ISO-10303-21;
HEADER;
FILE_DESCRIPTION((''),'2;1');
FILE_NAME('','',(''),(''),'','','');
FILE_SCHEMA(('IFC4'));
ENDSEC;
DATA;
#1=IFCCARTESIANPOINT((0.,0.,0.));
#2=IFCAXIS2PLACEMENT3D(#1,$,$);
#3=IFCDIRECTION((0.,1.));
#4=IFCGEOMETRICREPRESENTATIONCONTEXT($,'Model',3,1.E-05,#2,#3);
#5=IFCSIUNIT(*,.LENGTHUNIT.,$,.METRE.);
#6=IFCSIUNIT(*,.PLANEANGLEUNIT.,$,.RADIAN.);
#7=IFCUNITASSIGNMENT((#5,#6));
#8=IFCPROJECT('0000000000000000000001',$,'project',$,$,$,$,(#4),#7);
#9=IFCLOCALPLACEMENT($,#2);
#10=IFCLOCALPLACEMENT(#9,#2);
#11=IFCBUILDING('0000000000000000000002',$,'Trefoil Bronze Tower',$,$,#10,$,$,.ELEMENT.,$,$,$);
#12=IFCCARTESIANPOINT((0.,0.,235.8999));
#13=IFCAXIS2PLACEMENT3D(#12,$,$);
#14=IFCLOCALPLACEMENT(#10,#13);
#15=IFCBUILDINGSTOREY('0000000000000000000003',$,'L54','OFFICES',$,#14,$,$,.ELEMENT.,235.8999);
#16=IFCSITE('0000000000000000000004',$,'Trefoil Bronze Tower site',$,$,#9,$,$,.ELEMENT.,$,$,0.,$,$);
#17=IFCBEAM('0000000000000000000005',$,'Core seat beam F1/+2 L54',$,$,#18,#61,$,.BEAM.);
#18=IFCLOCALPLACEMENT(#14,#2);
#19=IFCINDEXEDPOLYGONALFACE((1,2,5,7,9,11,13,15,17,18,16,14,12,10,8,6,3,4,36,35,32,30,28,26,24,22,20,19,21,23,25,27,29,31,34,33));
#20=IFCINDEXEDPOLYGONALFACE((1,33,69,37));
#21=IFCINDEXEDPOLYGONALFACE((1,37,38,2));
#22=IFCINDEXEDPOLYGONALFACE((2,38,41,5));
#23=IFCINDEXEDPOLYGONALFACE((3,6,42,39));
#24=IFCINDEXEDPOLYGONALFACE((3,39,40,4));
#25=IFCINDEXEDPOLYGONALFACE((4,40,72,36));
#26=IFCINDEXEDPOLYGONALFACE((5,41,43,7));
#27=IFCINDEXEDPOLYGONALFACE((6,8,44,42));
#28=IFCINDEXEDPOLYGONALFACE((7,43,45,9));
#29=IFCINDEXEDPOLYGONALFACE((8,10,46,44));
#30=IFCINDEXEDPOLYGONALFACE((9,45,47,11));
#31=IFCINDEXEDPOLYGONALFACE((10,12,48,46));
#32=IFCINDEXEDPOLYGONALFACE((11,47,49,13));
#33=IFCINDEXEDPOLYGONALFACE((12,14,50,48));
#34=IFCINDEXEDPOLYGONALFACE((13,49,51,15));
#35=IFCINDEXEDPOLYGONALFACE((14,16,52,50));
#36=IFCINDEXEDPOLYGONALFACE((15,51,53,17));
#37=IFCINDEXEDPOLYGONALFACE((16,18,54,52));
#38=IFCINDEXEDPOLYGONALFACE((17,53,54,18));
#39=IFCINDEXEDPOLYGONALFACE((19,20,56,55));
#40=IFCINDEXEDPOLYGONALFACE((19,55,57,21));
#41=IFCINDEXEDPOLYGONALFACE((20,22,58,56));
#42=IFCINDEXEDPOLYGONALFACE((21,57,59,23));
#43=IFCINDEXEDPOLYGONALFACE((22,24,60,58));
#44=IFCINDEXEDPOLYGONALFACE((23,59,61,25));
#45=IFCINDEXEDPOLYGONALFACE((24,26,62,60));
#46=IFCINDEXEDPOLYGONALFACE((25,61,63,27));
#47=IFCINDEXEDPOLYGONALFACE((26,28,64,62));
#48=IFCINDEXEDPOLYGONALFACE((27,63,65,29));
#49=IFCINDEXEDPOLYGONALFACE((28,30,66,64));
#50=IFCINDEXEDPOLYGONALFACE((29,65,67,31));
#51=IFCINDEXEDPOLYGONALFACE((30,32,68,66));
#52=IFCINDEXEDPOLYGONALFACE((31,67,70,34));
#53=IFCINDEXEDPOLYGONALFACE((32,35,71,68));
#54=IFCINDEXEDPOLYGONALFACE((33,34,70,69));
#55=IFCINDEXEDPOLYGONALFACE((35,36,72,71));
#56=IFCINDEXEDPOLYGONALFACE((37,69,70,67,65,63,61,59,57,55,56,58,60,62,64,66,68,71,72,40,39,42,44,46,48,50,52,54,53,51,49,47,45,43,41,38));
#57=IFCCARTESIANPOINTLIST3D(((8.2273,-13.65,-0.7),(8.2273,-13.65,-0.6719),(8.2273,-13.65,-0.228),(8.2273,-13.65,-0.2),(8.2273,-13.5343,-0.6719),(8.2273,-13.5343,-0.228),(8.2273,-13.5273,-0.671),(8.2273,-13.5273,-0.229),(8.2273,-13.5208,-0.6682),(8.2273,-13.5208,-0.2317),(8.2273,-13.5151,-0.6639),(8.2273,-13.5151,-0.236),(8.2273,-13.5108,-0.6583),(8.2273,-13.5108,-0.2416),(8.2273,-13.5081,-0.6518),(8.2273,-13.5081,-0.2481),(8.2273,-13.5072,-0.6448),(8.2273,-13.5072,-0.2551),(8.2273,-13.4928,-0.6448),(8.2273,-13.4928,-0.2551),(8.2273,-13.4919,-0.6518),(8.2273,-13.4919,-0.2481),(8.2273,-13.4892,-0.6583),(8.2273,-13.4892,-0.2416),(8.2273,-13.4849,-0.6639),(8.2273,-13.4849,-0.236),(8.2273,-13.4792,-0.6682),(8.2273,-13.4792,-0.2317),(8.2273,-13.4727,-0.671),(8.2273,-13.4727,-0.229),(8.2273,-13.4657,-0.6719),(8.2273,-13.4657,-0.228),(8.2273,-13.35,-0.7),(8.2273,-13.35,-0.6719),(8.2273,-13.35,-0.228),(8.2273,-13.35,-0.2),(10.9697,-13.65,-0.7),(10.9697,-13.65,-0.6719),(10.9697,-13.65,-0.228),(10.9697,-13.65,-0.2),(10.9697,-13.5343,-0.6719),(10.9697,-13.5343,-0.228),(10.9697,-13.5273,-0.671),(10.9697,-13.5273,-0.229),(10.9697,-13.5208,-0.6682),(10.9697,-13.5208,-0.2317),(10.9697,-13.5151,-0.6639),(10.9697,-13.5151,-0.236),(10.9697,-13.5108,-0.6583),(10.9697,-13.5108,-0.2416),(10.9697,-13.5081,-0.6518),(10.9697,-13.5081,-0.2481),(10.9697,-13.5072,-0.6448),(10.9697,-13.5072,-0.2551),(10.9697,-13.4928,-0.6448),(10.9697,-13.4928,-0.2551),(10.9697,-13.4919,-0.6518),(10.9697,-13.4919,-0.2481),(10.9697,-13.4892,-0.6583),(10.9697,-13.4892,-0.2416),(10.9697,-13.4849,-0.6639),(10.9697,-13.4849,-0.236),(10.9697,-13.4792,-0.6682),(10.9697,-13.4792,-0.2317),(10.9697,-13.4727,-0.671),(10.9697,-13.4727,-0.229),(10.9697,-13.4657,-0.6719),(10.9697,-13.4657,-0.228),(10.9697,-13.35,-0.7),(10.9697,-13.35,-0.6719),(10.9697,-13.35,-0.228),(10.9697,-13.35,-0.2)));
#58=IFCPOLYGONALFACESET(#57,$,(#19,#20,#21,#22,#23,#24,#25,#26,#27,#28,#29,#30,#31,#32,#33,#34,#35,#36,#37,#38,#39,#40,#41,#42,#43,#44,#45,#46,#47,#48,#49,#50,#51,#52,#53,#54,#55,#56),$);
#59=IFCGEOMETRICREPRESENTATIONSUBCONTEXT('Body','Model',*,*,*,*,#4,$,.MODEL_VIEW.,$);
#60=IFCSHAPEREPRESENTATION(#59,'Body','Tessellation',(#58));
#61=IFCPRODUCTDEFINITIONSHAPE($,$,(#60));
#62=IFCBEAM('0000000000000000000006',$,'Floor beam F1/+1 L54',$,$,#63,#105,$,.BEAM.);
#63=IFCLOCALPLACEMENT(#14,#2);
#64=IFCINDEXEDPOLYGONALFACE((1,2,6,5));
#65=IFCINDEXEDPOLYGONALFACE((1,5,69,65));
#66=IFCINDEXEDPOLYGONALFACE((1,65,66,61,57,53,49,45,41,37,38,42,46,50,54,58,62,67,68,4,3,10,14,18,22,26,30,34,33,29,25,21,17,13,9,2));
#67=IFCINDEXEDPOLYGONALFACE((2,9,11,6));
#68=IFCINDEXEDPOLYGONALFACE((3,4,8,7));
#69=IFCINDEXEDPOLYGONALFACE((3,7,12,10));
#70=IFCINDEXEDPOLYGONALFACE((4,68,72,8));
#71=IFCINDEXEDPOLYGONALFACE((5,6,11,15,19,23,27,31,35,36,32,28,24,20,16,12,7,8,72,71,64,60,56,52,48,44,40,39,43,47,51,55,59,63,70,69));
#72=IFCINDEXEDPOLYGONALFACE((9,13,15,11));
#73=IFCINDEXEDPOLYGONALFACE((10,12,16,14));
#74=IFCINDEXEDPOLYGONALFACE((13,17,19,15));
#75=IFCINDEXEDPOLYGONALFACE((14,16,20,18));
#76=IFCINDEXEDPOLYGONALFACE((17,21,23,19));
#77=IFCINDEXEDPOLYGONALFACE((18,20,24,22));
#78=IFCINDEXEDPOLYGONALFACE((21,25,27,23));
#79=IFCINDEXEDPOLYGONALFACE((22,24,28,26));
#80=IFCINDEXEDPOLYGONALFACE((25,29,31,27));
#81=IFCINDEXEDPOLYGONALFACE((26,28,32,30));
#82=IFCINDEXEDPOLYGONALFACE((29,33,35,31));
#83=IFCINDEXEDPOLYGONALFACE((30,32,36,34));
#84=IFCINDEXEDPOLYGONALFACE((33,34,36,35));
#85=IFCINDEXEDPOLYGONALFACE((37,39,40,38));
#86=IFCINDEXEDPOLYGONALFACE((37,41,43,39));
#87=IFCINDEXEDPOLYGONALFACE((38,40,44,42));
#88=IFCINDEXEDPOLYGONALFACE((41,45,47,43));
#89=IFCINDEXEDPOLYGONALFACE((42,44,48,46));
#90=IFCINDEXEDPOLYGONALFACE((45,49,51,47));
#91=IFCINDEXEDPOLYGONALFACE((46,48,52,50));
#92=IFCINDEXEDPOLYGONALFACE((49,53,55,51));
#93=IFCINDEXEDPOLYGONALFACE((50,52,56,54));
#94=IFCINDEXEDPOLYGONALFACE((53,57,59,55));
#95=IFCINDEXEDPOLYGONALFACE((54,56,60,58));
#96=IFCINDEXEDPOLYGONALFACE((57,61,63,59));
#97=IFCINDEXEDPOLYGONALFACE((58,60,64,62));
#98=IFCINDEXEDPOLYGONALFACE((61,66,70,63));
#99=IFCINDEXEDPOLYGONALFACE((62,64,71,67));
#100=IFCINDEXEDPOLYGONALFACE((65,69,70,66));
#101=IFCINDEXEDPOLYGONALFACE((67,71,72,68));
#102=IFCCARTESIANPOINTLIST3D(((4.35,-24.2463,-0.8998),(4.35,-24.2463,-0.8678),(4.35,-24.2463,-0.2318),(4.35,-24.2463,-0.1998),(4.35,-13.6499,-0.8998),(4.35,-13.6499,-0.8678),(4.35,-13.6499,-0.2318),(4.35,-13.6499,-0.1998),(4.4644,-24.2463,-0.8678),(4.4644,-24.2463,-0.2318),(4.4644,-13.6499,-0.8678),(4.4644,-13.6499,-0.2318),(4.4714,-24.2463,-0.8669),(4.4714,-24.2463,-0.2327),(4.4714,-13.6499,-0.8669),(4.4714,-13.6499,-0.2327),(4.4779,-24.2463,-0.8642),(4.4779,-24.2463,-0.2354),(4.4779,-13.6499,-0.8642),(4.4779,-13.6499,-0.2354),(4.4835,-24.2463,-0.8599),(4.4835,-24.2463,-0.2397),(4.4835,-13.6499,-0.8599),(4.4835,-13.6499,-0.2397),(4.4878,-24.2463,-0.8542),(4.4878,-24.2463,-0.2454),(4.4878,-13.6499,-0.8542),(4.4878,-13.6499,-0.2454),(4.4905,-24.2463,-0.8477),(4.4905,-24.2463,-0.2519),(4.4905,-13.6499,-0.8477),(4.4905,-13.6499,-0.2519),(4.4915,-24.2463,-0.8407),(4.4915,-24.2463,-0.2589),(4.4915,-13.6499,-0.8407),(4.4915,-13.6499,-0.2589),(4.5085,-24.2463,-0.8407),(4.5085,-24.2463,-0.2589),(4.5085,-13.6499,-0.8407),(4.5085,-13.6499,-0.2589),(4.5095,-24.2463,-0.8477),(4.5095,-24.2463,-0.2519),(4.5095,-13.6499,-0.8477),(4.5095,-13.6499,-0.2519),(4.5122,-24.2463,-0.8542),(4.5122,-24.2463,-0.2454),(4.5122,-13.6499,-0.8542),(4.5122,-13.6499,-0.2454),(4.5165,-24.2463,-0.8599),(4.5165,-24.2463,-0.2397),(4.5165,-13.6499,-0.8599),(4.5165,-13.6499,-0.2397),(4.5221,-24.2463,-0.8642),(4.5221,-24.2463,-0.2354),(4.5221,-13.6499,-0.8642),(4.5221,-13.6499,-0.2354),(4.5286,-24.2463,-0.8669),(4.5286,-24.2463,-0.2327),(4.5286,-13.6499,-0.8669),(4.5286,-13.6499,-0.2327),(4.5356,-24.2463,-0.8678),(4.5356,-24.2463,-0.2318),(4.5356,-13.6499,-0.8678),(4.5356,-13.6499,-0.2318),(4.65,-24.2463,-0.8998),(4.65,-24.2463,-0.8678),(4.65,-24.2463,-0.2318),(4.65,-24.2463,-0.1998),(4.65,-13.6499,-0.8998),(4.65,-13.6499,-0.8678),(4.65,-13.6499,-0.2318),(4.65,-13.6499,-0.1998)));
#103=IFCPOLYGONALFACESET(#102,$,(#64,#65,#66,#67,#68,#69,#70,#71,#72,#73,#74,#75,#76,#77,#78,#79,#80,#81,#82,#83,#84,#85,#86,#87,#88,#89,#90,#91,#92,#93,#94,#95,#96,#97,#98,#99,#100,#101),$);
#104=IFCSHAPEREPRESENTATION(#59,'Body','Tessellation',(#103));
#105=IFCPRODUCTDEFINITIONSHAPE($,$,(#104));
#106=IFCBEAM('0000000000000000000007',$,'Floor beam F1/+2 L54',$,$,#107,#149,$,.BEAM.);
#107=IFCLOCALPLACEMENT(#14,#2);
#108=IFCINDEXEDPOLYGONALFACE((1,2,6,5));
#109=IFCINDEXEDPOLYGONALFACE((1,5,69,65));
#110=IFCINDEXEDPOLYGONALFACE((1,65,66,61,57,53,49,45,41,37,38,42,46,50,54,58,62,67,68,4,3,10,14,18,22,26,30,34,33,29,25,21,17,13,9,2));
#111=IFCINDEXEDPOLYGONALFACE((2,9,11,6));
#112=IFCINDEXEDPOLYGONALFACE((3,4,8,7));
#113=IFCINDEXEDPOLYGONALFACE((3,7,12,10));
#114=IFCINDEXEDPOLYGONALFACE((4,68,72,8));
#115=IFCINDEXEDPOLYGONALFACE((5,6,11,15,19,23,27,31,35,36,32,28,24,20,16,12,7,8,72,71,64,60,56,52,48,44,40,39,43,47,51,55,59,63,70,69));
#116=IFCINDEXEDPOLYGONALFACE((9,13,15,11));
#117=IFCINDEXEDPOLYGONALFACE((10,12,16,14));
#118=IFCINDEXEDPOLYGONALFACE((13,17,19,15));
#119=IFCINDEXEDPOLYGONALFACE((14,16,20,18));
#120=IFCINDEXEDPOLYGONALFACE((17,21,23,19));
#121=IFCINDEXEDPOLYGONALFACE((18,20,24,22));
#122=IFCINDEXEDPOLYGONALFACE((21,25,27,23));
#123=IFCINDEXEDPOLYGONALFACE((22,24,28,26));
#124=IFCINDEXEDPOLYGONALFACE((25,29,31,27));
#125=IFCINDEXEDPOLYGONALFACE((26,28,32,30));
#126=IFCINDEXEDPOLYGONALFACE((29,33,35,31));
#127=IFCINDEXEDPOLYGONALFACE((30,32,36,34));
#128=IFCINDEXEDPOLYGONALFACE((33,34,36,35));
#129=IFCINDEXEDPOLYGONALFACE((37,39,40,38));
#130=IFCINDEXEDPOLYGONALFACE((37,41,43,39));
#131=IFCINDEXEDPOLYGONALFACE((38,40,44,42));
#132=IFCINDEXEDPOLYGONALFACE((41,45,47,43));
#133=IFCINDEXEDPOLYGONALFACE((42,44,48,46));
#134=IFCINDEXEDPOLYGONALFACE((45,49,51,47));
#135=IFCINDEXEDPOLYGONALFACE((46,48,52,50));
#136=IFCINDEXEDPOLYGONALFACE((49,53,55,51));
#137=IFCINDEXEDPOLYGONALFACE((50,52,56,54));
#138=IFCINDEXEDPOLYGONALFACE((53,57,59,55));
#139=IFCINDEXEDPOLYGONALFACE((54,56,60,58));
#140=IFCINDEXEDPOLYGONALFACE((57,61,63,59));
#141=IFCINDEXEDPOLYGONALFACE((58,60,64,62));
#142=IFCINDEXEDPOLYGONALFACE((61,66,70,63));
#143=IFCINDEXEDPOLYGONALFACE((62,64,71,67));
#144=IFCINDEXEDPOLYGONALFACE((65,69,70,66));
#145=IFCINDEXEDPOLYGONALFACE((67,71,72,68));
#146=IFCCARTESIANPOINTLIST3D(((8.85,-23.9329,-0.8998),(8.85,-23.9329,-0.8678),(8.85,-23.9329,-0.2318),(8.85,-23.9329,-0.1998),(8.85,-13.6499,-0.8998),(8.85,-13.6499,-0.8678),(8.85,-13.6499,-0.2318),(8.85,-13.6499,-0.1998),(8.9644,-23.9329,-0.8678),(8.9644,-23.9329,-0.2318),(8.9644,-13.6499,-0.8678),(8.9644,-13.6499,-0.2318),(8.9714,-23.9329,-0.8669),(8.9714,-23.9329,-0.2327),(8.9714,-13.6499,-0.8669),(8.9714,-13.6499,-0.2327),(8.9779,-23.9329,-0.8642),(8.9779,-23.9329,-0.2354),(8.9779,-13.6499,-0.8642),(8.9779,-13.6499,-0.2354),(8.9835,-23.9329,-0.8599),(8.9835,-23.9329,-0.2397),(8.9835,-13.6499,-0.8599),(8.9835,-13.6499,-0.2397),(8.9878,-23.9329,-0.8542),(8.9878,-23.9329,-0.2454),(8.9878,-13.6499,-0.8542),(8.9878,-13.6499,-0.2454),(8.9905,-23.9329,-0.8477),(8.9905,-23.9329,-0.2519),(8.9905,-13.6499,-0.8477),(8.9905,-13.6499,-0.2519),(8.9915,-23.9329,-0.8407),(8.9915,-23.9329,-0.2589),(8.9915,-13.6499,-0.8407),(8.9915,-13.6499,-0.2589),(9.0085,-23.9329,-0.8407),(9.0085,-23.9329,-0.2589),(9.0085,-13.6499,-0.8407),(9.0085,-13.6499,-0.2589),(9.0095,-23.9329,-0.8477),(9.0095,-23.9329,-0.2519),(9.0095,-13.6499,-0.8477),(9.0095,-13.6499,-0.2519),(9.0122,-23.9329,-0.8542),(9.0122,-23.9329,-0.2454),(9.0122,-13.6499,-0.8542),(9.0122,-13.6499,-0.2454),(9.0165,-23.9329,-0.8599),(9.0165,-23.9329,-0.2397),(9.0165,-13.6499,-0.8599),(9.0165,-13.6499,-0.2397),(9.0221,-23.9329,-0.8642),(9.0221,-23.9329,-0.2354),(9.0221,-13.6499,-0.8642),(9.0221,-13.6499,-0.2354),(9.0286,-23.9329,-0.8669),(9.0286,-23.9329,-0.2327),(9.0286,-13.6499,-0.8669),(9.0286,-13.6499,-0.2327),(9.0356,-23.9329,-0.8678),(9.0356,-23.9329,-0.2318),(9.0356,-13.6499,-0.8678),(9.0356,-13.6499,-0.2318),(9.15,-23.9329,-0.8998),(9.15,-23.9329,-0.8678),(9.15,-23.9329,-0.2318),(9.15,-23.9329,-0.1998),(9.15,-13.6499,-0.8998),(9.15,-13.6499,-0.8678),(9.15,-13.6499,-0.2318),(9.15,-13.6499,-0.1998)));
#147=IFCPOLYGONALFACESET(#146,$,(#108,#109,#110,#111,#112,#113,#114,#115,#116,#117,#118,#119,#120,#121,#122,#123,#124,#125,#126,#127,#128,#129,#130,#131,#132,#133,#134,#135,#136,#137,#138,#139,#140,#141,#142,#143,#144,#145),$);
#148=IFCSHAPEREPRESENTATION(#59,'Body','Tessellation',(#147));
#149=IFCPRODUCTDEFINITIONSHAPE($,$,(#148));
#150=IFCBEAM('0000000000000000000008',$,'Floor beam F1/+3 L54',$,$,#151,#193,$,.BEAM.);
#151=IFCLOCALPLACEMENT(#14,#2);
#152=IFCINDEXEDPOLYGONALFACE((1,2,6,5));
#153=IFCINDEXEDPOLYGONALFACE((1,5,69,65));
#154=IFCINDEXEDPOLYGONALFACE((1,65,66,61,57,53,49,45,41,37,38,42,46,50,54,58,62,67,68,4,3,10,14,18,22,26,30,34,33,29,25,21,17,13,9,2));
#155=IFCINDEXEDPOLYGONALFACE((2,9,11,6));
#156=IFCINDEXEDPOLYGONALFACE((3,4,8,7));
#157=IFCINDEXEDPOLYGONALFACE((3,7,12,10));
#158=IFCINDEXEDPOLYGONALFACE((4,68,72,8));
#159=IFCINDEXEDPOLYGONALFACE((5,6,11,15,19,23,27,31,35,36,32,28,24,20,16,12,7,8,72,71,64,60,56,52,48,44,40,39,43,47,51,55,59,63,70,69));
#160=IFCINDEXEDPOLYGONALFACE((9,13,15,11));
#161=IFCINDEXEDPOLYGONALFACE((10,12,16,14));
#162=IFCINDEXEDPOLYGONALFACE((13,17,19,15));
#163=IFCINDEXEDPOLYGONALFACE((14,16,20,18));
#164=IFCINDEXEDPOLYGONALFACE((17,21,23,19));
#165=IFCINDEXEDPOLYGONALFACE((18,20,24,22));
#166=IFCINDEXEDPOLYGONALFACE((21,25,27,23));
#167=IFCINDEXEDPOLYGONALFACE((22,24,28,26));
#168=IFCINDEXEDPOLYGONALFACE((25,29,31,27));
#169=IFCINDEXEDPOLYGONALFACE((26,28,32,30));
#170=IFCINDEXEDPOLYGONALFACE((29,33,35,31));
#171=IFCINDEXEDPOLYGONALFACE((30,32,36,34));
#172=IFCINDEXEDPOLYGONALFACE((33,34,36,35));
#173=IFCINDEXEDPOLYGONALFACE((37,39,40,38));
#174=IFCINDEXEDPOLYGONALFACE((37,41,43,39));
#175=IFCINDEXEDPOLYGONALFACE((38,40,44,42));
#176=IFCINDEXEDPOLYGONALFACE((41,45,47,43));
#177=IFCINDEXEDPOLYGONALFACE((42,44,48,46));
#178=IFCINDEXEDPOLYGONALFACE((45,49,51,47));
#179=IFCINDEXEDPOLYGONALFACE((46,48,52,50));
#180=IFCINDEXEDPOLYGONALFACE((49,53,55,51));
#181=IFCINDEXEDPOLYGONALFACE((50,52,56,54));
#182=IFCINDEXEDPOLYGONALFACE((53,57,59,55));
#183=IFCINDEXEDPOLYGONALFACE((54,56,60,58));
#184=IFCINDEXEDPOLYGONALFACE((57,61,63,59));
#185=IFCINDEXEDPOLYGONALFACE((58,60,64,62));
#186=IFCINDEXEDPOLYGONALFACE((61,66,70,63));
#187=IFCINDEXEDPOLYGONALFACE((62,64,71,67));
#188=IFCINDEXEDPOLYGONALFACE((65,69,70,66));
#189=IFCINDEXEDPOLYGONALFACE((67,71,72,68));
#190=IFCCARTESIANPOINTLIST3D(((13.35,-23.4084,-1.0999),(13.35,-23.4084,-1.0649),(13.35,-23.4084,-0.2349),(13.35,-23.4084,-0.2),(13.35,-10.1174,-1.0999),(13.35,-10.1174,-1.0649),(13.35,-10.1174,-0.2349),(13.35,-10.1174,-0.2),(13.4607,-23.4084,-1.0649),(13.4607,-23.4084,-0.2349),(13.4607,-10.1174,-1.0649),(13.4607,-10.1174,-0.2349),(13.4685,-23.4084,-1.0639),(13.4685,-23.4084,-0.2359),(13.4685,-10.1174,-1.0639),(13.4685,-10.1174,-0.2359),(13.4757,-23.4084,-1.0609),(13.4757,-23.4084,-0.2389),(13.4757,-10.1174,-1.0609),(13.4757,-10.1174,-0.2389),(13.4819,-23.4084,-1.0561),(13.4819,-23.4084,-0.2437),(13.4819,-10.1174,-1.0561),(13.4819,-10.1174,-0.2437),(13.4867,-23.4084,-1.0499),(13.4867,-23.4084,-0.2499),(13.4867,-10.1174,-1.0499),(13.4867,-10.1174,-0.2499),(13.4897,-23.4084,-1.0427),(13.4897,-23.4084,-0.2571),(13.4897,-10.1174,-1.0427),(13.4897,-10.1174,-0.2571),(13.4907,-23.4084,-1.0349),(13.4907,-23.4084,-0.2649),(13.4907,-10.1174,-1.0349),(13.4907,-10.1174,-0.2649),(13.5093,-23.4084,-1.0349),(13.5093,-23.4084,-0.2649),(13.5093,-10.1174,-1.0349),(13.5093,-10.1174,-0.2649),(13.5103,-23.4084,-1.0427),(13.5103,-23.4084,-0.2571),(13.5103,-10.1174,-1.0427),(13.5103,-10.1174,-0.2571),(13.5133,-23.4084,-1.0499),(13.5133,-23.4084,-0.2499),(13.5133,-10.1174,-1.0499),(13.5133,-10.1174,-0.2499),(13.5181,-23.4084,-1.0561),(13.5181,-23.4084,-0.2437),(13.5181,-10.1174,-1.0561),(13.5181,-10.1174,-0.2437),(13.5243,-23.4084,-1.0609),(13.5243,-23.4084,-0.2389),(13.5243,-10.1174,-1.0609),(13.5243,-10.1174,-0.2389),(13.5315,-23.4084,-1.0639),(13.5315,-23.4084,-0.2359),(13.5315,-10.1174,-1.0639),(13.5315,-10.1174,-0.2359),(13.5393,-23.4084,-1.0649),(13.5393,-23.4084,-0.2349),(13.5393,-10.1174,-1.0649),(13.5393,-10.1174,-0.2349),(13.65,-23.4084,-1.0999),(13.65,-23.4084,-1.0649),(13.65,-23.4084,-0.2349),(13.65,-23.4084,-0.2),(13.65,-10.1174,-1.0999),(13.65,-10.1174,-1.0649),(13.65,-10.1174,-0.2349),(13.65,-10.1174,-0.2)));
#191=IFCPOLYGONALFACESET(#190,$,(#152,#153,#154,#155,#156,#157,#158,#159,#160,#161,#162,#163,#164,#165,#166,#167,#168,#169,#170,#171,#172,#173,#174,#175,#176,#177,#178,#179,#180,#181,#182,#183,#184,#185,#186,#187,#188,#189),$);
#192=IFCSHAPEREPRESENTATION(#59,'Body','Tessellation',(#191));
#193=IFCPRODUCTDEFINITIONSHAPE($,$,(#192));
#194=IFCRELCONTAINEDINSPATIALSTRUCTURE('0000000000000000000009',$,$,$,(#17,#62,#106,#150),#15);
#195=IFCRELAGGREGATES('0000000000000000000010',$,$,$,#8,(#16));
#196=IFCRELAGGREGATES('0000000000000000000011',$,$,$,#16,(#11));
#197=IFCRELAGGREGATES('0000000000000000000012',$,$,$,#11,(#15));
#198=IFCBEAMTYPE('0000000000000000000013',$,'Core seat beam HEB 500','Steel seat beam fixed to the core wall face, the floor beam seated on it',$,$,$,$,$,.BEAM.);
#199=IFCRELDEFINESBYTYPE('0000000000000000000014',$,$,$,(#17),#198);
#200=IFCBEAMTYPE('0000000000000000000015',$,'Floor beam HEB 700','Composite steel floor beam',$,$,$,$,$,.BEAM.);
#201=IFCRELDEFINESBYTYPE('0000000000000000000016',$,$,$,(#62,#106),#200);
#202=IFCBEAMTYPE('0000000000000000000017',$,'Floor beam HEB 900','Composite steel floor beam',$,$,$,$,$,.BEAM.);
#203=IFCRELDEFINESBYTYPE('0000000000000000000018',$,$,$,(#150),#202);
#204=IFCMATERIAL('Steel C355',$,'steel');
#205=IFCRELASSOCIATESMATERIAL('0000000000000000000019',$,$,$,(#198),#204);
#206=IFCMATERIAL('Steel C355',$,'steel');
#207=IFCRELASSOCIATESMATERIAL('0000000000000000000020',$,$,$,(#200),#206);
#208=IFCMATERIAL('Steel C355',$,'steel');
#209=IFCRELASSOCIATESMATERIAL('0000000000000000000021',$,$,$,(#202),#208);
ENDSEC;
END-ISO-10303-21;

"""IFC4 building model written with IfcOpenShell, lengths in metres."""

from ifc_helpers import new_model, si_unit, direction, frame, origin, origin_2d, place, context, subcontext, project, spatial, i_section, extrude, material, material_profile, profile_set, type_object, element, save


model = new_model("IFC4")

# Units and contexts
model_context = context("Model", 3, precision=1e-05, world=origin(), true_north=direction((0.0, 1.0)))
body_context = subcontext(model_context, "Body", "Model", "MODEL_VIEW")
ifc_project = project(units=[si_unit("LENGTHUNIT", "METRE"), si_unit("PLANEANGLEUNIT", "RADIAN")], contexts=[model_context])

# Site, building, storey
site_placement = place(None, origin())
site = spatial("IfcSite", under=ifc_project, at=site_placement, Name="Trefoil Bronze Tower site", CompositionType="ELEMENT", RefElevation=0.0)
building_placement = place(site_placement, origin())
building = spatial("IfcBuilding", under=site, at=building_placement, Name="Trefoil Bronze Tower", CompositionType="ELEMENT")
storey_placement = place(building_placement, frame((0.0, 0.0, 235.8999)))
storey = spatial("IfcBuildingStorey", under=building, at=storey_placement, Name="L54", Description="OFFICES", CompositionType="ELEMENT", Elevation=235.8999)

# Beams
ifc_material_1 = material(Name="Steel C355", Category="steel")
ifc_material_profile_1 = material_profile(ifc_material_1, i_section(OverallWidth=0.3, OverallDepth=0.5, WebThickness=0.0144, FlangeThickness=0.0281, FilletRadius=0.0271, at=origin_2d()), Name="HEB 500")
ifc_profile_set_1 = profile_set([ifc_material_profile_1], Name="Steel C355")
beam_type_1 = type_object("IfcBeamType", Name="Core seat beam HEB 500", Description="Steel seat beam fixed to the core wall face, the floor beam seated on it", PredefinedType="BEAM", material=ifc_profile_set_1)
for number, where, z_axis, x_axis, name in (
    (1, (8.2273, -13.5, -0.45), (1.0, 0.0, 0.0), (0.0, 1.0, 0.0), "Core seat beam F1/+2 L54"),
):
    element("IfcBeam", number, at=place(storey_placement, frame(where, z_axis=z_axis, x_axis=x_axis)), inside=storey, type_object=beam_type_1, Name=name, PredefinedType="BEAM", context=body_context, shape_type="SweptSolid", body=[
        extrude(i_section(OverallWidth=0.3, OverallDepth=0.5, WebThickness=0.0144, FlangeThickness=0.0281, FilletRadius=0.0271, at=origin_2d()), origin(), (0.0, 0.0, 1.0), 2.7424),
    ])
ifc_material_2 = material(Name="Steel C355", Category="steel")
ifc_material_profile_2 = material_profile(ifc_material_2, i_section(OverallWidth=0.3, OverallDepth=0.7, WebThickness=0.0171, FlangeThickness=0.032, FilletRadius=0.0271, at=origin_2d()), Name="HEB 700")
ifc_profile_set_2 = profile_set([ifc_material_profile_2], Name="Steel C355")
beam_type_2 = type_object("IfcBeamType", Name="Floor beam HEB 700", Description="Composite steel floor beam", PredefinedType="BEAM", material=ifc_profile_set_2)
beam_1_placement = place(storey_placement, frame((4.5, -24.2463, -0.5498), z_axis=(0.0, 1.0, 0.0), x_axis=(-1.0, 0.0, 0.0)))
element("IfcBeam", 2, at=beam_1_placement, inside=storey, type_object=beam_type_2, Name="Floor beam F1/+1 L54", PredefinedType="BEAM", context=body_context, shape_type="SweptSolid", body=[
    extrude(i_section(OverallWidth=0.3, OverallDepth=0.7, WebThickness=0.0171, FlangeThickness=0.032, FilletRadius=0.0271, at=origin_2d()), origin(), (0.0, 0.0, 1.0), 10.5964),
])
beam_2_placement = place(storey_placement, frame((9.0, -23.9329, -0.5498), z_axis=(0.0, 1.0, 0.0), x_axis=(-1.0, 0.0, 0.0)))
element("IfcBeam", 3, at=beam_2_placement, inside=storey, type_object=beam_type_2, Name="Floor beam F1/+2 L54", PredefinedType="BEAM", context=body_context, shape_type="SweptSolid", body=[
    extrude(i_section(OverallWidth=0.3, OverallDepth=0.7, WebThickness=0.0171, FlangeThickness=0.032, FilletRadius=0.0271, at=origin_2d()), origin(), (0.0, 0.0, 1.0), 10.283),
])
ifc_material_3 = material(Name="Steel C355", Category="steel")
ifc_material_profile_3 = material_profile(ifc_material_3, i_section(OverallWidth=0.3, OverallDepth=0.8999, WebThickness=0.0186, FlangeThickness=0.0349, FilletRadius=0.03, at=origin_2d()), Name="HEB 900")
ifc_profile_set_3 = profile_set([ifc_material_profile_3], Name="Steel C355")
beam_type_3 = type_object("IfcBeamType", Name="Floor beam HEB 900", Description="Composite steel floor beam", PredefinedType="BEAM", material=ifc_profile_set_3)
beam_3_placement = place(storey_placement, frame((13.5, -23.4084, -0.6499), z_axis=(0.0, 1.0, 0.0), x_axis=(-1.0, 0.0, 0.0)))
element("IfcBeam", 4, at=beam_3_placement, inside=storey, type_object=beam_type_3, Name="Floor beam F1/+3 L54", PredefinedType="BEAM", context=body_context, shape_type="SweptSolid", body=[
    extrude(i_section(OverallWidth=0.3, OverallDepth=0.8999, WebThickness=0.0186, FlangeThickness=0.0349, FilletRadius=0.03, at=origin_2d()), origin(), (0.0, 0.0, 1.0), 13.291),
])

save(model, "model.ifc")
